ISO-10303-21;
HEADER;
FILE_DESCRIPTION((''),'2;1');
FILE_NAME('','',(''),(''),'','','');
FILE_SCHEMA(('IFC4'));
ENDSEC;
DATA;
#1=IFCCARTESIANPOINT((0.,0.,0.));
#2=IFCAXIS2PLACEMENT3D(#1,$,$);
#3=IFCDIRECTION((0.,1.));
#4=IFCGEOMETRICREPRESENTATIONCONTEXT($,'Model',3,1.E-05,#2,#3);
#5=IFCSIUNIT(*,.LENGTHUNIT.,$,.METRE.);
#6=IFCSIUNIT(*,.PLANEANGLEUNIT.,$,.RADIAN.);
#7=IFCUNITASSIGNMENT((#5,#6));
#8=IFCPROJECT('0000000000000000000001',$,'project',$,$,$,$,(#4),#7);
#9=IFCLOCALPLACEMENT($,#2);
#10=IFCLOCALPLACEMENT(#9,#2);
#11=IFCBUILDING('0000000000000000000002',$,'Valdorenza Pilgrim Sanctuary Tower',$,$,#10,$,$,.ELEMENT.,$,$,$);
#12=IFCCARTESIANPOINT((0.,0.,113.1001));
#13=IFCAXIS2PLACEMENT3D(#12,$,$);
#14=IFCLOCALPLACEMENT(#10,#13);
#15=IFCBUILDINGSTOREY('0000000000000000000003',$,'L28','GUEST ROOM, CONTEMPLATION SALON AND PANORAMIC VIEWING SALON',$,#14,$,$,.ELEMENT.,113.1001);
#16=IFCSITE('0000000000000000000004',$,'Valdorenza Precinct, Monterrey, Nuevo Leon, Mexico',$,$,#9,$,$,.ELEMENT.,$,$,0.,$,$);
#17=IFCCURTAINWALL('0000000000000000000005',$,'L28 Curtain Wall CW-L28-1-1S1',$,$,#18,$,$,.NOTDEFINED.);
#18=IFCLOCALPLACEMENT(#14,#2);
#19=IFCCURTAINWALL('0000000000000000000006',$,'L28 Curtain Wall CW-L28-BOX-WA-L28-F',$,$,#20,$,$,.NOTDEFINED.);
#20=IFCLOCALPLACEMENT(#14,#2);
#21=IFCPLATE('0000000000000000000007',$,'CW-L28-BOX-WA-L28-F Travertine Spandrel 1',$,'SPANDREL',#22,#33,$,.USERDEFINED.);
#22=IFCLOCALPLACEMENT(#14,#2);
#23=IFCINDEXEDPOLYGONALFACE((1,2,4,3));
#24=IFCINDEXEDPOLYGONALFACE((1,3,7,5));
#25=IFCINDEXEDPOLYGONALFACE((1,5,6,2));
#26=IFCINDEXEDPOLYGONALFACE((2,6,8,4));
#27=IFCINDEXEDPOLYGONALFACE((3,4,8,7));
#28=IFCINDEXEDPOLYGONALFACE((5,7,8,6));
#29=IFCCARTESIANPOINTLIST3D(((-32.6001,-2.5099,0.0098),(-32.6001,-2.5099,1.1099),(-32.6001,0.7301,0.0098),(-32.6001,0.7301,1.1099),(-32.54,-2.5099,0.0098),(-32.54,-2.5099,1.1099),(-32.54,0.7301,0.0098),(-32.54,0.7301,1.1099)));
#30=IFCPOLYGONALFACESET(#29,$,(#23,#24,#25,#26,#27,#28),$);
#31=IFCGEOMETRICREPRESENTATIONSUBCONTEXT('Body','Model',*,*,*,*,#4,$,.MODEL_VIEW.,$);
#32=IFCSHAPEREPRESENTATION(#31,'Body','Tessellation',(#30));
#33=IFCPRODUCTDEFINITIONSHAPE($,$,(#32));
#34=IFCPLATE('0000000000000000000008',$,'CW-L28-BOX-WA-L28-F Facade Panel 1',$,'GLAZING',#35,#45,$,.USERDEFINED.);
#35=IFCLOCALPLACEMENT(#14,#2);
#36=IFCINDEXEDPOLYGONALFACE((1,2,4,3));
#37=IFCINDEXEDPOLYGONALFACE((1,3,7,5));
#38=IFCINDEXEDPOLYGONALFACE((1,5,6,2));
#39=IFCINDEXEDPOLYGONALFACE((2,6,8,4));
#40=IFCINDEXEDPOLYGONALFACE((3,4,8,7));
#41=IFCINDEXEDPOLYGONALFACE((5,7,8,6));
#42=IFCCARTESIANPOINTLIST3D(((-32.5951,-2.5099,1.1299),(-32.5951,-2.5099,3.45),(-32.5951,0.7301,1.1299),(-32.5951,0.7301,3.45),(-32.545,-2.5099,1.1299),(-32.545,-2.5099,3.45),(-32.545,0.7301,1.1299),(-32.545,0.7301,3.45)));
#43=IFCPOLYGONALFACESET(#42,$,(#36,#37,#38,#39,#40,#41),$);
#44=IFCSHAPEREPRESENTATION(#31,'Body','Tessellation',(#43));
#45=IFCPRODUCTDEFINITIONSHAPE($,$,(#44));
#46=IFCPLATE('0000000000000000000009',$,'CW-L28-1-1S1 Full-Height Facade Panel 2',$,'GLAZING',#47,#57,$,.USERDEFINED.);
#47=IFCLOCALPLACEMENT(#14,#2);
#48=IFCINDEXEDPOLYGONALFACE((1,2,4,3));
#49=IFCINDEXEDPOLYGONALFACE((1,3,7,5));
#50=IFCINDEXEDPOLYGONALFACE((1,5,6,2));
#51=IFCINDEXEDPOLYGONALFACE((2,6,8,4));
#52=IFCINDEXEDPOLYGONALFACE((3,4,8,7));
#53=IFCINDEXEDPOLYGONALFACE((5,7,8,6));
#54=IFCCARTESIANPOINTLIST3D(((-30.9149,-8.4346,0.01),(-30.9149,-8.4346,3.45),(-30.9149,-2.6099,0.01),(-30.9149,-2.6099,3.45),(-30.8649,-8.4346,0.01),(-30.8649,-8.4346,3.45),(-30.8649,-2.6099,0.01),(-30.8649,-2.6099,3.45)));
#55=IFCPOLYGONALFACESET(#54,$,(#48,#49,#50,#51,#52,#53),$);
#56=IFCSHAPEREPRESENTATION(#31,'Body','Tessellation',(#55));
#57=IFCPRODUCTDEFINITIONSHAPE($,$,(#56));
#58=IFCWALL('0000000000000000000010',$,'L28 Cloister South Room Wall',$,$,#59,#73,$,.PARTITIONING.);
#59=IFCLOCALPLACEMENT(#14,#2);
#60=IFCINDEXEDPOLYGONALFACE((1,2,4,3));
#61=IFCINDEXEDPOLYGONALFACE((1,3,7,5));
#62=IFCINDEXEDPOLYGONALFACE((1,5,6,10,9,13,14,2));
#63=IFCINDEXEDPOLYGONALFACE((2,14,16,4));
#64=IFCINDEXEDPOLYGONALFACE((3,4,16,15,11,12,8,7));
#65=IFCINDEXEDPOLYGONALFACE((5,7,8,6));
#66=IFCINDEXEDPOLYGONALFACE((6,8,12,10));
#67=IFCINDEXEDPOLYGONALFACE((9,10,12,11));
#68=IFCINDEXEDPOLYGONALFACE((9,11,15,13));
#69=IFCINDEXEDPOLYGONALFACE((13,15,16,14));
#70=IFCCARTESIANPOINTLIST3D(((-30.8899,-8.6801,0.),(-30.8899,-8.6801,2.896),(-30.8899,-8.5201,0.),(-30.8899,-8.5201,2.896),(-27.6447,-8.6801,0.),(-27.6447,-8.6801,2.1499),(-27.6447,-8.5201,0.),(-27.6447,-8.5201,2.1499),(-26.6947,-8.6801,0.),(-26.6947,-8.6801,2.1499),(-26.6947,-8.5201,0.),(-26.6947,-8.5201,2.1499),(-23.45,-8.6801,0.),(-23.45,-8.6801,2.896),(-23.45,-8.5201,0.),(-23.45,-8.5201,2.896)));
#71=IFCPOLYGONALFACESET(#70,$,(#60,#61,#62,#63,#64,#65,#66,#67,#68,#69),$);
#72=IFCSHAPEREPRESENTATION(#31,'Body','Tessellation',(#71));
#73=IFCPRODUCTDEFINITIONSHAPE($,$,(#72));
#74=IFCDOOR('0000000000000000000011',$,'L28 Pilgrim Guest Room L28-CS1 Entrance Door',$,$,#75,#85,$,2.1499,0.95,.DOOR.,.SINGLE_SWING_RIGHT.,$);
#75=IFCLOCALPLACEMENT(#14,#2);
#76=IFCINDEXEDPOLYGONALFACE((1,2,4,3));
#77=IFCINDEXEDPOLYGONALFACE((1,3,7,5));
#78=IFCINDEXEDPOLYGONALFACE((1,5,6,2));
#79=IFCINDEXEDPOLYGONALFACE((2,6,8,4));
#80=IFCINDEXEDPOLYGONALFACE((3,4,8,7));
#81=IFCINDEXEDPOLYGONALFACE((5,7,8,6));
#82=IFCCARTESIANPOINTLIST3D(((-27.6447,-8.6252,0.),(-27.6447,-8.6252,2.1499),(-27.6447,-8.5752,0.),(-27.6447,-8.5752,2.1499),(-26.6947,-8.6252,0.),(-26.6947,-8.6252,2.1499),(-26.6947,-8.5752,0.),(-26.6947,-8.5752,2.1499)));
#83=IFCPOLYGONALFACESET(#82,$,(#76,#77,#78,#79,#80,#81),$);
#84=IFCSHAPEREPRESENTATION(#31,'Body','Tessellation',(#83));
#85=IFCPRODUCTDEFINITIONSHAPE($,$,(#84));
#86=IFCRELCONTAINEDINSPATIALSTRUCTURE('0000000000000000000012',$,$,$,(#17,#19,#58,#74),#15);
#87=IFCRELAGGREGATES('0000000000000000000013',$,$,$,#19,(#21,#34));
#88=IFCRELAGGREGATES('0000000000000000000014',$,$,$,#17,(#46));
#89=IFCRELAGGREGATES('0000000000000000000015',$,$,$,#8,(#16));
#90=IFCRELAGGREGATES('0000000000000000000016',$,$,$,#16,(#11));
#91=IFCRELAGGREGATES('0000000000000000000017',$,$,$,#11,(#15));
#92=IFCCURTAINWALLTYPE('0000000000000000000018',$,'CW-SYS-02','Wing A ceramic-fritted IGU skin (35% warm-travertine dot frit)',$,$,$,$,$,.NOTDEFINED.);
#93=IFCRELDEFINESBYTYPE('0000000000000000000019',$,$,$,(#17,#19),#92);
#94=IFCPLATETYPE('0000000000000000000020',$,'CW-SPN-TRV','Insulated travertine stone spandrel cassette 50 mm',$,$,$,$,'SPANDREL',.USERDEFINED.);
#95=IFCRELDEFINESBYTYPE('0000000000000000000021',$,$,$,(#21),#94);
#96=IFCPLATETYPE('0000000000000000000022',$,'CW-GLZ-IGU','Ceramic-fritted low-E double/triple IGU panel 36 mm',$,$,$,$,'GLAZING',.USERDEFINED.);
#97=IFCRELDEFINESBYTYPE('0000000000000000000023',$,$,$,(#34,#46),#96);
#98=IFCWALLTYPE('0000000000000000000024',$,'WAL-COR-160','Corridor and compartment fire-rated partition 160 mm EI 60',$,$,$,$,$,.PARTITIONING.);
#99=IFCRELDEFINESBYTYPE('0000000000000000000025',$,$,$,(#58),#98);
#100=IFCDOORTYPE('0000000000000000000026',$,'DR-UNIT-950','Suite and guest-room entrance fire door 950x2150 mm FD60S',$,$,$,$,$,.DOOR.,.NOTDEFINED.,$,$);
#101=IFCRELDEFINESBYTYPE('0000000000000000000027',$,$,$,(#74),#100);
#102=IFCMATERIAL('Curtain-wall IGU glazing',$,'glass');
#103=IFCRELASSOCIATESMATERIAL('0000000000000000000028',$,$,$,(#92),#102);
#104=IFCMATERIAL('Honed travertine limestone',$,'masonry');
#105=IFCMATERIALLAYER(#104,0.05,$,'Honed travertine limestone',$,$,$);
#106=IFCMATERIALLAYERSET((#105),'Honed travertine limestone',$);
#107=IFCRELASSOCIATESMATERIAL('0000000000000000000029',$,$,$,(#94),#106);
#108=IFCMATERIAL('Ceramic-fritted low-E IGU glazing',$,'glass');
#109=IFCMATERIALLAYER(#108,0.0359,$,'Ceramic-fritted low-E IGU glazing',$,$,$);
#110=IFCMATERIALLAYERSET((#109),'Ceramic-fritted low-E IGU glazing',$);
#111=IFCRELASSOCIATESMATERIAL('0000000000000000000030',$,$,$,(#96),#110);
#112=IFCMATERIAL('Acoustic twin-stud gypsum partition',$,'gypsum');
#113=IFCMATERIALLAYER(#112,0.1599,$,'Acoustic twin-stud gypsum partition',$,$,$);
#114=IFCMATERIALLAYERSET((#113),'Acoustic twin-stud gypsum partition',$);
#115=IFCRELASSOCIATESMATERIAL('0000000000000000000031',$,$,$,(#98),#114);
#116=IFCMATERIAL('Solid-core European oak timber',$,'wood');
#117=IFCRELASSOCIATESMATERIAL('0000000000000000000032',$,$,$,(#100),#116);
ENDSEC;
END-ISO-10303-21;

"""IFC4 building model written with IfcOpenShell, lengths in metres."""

from ifc_helpers import new_model, si_unit, direction, frame, frame_2d, origin, origin_2d, place, context, subcontext, project, spatial, rectangle, extrude, source, transform, mapped, material, layer, layer_set, type_object, element, fill, aggregate, save


model = new_model("IFC4")

# Units and contexts
model_context = context("Model", 3, precision=1e-05, world=origin(), true_north=direction((0.0, 1.0)))
body_context = subcontext(model_context, "Body", "Model", "MODEL_VIEW")
ifc_project = project(units=[si_unit("LENGTHUNIT", "METRE"), si_unit("PLANEANGLEUNIT", "RADIAN")], contexts=[model_context])

# Site, building, storey
site_placement = place(None, origin())
site = spatial("IfcSite", under=ifc_project, at=site_placement, Name="Valdorenza Precinct, Monterrey, Nuevo Leon, Mexico", CompositionType="ELEMENT", RefElevation=0.0)
building_placement = place(site_placement, origin())
building = spatial("IfcBuilding", under=site, at=building_placement, Name="Valdorenza Pilgrim Sanctuary Tower", CompositionType="ELEMENT")
storey_placement = place(building_placement, frame((0.0, 0.0, 113.1001)))
storey = spatial("IfcBuildingStorey", under=building, at=storey_placement, Name="L28", Description="GUEST ROOM, CONTEMPLATION SALON AND PANORAMIC VIEWING SALON", CompositionType="ELEMENT", Elevation=113.1001)

# Curtain wall
ifc_material_1 = material(Name="Curtain-wall IGU glazing", Category="glass")
curtain_wall_type = type_object("IfcCurtainWallType", Name="CW-SYS-02", Description="Wing A ceramic-fritted IGU skin (35% warm-travertine dot frit)", PredefinedType="NOTDEFINED", material=ifc_material_1)
curtain_wall_1_placement = place(storey_placement, origin())
curtain_wall_1 = element("IfcCurtainWall", 1, at=curtain_wall_1_placement, inside=storey, type_object=curtain_wall_type, Name="L28 Curtain Wall CW-L28-1-1S1", PredefinedType="NOTDEFINED")

# Curtain wall
curtain_wall_2_placement = place(storey_placement, origin())
curtain_wall_2 = element("IfcCurtainWall", 2, at=curtain_wall_2_placement, inside=storey, type_object=curtain_wall_type, Name="L28 Curtain Wall CW-L28-BOX-WA-L28-F", PredefinedType="NOTDEFINED")

# Plates
ifc_material_2 = material(Name="Honed travertine limestone", Category="masonry")
ifc_layer_1 = layer(ifc_material_2, 0.05, Name="Honed travertine limestone")
ifc_layer_set_1 = layer_set([ifc_layer_1], Name="Honed travertine limestone")
plate_type_1 = type_object("IfcPlateType", Name="CW-SPN-TRV", Description="Insulated travertine stone spandrel cassette 50 mm", ElementType="SPANDREL", PredefinedType="USERDEFINED", material=ifc_layer_set_1)
ifc_material_3 = material(Name="Ceramic-fritted low-E IGU glazing", Category="glass")
ifc_layer_2 = layer(ifc_material_3, 0.0359, Name="Ceramic-fritted low-E IGU glazing")
ifc_layer_set_2 = layer_set([ifc_layer_2], Name="Ceramic-fritted low-E IGU glazing")
plate_type_2 = type_object("IfcPlateType", Name="CW-GLZ-IGU", Description="Ceramic-fritted low-E double/triple IGU panel 36 mm", ElementType="GLAZING", PredefinedType="USERDEFINED", material=ifc_layer_set_2)
shared_shape_1 = source(origin(), body_context, "Body", "SweptSolid", [
    extrude(rectangle(XDim=3.24, YDim=0.0601, at=origin_2d()), origin(), (0.0, 0.0, 1.0), 1.1001),
])
plate_1_placement = place(storey_placement, frame((-32.5701, -0.8899, 0.0098), z_axis=(0.0, 0.0, 1.0), x_axis=(0.0, 1.0, 0.0)))
plate_1 = element("IfcPlate", 3, at=plate_1_placement, type_object=plate_type_1, Name="CW-L28-BOX-WA-L28-F Travertine Spandrel 1", ObjectType="SPANDREL", PredefinedType="USERDEFINED", context=body_context, shape_type="MappedRepresentation", body=[
    mapped(shared_shape_1, transform((0.0, 0.0, 0.0), x_axis=(1.0, 0.0, 0.0), y_axis=(0.0, 1.0, 0.0), z_axis=(0.0, 0.0, 1.0), scale=1.0)),
])
shared_shape_2 = source(origin(), body_context, "Body", "SweptSolid", [
    extrude(rectangle(XDim=3.24, YDim=0.05, at=origin_2d()), origin(), (0.0, 0.0, 1.0), 2.3201),
])
plate_2_placement = place(storey_placement, frame((-32.5701, -0.8899, 1.1299), z_axis=(0.0, 0.0, 1.0), x_axis=(0.0, 1.0, 0.0)))
plate_2 = element("IfcPlate", 4, at=plate_2_placement, type_object=plate_type_2, Name="CW-L28-BOX-WA-L28-F Facade Panel 1", ObjectType="GLAZING", PredefinedType="USERDEFINED", context=body_context, shape_type="MappedRepresentation", body=[
    mapped(shared_shape_2, transform((0.0, 0.0, 0.0), x_axis=(1.0, 0.0, 0.0), y_axis=(0.0, 1.0, 0.0), z_axis=(0.0, 0.0, 1.0), scale=1.0)),
])
aggregate(curtain_wall_2, [plate_1, plate_2])
shared_shape_3 = source(origin(), body_context, "Body", "SweptSolid", [
    extrude(rectangle(XDim=5.8247, YDim=0.05, at=origin_2d()), origin(), (0.0, 0.0, 1.0), 3.4399),
])
plate_3_placement = place(storey_placement, frame((-30.8899, -5.5222, 0.01), z_axis=(0.0, 0.0, 1.0), x_axis=(0.0, 1.0, 0.0)))
plate_3 = element("IfcPlate", 5, at=plate_3_placement, type_object=plate_type_2, Name="CW-L28-1-1S1 Full-Height Facade Panel 2", ObjectType="GLAZING", PredefinedType="USERDEFINED", context=body_context, shape_type="MappedRepresentation", body=[
    mapped(shared_shape_3, transform((0.0, 0.0, 0.0), x_axis=(1.0, 0.0, 0.0), y_axis=(0.0, 1.0, 0.0), z_axis=(0.0, 0.0, 1.0), scale=1.0)),
])
aggregate(curtain_wall_1, [plate_3])

# Wall, opening, door
ifc_material_4 = material(Name="Acoustic twin-stud gypsum partition", Category="gypsum")
ifc_layer_3 = layer(ifc_material_4, 0.1599, Name="Acoustic twin-stud gypsum partition")
ifc_layer_set_3 = layer_set([ifc_layer_3], Name="Acoustic twin-stud gypsum partition")
wall_type = type_object("IfcWallType", Name="WAL-COR-160", Description="Corridor and compartment fire-rated partition 160 mm EI 60", PredefinedType="PARTITIONING", material=ifc_layer_set_3)
wall_1_placement = place(storey_placement, frame((-30.8899, -8.6001, 0.0), z_axis=(0.0, 0.0, 1.0), x_axis=(1.0, 0.0, 0.0)))
wall_1 = element("IfcWall", 6, at=wall_1_placement, inside=storey, type_object=wall_type, Name="L28 Cloister South Room Wall", PredefinedType="PARTITIONING", context=body_context, shape_type="SweptSolid", body=[
    extrude(rectangle(XDim=7.4399, YDim=0.1599, at=frame_2d((3.72, 0.0))), origin(), (0.0, 0.0, 1.0), 2.896),
])
opening_1_placement = place(wall_1_placement, frame((3.2451, 0.0, 0.0)))
opening_1 = element("IfcOpeningElement", 7, at=opening_1_placement, cuts=wall_1, PredefinedType="OPENING", context=body_context, shape_type="SweptSolid", body=[
    extrude(rectangle(XDim=0.95, YDim=2.1499, at=frame_2d((0.4751, 1.075))), frame((0.0, 0.0947, 0.0), z_axis=(0.0, -1.0, 0.0), x_axis=(1.0, 0.0, 0.0)), (0.0, 0.0, 1.0), 0.1897),
])
ifc_material_5 = material(Name="Solid-core European oak timber", Category="wood")
door_type_1 = type_object("IfcDoorType", Name="DR-UNIT-950", Description="Suite and guest-room entrance fire door 950x2150 mm FD60S", OperationType="NOTDEFINED", PredefinedType="DOOR", material=ifc_material_5)
door_1_placement = place(opening_1_placement, origin())
door_1 = element("IfcDoor", 8, at=door_1_placement, inside=storey, type_object=door_type_1, Name="L28 Pilgrim Guest Room L28-CS1 Entrance Door", OperationType="SINGLE_SWING_RIGHT", OverallHeight=2.1499, OverallWidth=0.95, PredefinedType="DOOR", context=body_context, shape_type="SweptSolid", body=[
    extrude(rectangle(XDim=0.95, YDim=2.1499, at=frame_2d((0.4751, 1.075))), frame((0.0, 0.0249, 0.0), z_axis=(0.0, -1.0, 0.0), x_axis=(1.0, 0.0, 0.0)), (0.0, 0.0, 1.0), 0.05),
])
fill(opening_1, door_1)

save(model, "model.ifc")
